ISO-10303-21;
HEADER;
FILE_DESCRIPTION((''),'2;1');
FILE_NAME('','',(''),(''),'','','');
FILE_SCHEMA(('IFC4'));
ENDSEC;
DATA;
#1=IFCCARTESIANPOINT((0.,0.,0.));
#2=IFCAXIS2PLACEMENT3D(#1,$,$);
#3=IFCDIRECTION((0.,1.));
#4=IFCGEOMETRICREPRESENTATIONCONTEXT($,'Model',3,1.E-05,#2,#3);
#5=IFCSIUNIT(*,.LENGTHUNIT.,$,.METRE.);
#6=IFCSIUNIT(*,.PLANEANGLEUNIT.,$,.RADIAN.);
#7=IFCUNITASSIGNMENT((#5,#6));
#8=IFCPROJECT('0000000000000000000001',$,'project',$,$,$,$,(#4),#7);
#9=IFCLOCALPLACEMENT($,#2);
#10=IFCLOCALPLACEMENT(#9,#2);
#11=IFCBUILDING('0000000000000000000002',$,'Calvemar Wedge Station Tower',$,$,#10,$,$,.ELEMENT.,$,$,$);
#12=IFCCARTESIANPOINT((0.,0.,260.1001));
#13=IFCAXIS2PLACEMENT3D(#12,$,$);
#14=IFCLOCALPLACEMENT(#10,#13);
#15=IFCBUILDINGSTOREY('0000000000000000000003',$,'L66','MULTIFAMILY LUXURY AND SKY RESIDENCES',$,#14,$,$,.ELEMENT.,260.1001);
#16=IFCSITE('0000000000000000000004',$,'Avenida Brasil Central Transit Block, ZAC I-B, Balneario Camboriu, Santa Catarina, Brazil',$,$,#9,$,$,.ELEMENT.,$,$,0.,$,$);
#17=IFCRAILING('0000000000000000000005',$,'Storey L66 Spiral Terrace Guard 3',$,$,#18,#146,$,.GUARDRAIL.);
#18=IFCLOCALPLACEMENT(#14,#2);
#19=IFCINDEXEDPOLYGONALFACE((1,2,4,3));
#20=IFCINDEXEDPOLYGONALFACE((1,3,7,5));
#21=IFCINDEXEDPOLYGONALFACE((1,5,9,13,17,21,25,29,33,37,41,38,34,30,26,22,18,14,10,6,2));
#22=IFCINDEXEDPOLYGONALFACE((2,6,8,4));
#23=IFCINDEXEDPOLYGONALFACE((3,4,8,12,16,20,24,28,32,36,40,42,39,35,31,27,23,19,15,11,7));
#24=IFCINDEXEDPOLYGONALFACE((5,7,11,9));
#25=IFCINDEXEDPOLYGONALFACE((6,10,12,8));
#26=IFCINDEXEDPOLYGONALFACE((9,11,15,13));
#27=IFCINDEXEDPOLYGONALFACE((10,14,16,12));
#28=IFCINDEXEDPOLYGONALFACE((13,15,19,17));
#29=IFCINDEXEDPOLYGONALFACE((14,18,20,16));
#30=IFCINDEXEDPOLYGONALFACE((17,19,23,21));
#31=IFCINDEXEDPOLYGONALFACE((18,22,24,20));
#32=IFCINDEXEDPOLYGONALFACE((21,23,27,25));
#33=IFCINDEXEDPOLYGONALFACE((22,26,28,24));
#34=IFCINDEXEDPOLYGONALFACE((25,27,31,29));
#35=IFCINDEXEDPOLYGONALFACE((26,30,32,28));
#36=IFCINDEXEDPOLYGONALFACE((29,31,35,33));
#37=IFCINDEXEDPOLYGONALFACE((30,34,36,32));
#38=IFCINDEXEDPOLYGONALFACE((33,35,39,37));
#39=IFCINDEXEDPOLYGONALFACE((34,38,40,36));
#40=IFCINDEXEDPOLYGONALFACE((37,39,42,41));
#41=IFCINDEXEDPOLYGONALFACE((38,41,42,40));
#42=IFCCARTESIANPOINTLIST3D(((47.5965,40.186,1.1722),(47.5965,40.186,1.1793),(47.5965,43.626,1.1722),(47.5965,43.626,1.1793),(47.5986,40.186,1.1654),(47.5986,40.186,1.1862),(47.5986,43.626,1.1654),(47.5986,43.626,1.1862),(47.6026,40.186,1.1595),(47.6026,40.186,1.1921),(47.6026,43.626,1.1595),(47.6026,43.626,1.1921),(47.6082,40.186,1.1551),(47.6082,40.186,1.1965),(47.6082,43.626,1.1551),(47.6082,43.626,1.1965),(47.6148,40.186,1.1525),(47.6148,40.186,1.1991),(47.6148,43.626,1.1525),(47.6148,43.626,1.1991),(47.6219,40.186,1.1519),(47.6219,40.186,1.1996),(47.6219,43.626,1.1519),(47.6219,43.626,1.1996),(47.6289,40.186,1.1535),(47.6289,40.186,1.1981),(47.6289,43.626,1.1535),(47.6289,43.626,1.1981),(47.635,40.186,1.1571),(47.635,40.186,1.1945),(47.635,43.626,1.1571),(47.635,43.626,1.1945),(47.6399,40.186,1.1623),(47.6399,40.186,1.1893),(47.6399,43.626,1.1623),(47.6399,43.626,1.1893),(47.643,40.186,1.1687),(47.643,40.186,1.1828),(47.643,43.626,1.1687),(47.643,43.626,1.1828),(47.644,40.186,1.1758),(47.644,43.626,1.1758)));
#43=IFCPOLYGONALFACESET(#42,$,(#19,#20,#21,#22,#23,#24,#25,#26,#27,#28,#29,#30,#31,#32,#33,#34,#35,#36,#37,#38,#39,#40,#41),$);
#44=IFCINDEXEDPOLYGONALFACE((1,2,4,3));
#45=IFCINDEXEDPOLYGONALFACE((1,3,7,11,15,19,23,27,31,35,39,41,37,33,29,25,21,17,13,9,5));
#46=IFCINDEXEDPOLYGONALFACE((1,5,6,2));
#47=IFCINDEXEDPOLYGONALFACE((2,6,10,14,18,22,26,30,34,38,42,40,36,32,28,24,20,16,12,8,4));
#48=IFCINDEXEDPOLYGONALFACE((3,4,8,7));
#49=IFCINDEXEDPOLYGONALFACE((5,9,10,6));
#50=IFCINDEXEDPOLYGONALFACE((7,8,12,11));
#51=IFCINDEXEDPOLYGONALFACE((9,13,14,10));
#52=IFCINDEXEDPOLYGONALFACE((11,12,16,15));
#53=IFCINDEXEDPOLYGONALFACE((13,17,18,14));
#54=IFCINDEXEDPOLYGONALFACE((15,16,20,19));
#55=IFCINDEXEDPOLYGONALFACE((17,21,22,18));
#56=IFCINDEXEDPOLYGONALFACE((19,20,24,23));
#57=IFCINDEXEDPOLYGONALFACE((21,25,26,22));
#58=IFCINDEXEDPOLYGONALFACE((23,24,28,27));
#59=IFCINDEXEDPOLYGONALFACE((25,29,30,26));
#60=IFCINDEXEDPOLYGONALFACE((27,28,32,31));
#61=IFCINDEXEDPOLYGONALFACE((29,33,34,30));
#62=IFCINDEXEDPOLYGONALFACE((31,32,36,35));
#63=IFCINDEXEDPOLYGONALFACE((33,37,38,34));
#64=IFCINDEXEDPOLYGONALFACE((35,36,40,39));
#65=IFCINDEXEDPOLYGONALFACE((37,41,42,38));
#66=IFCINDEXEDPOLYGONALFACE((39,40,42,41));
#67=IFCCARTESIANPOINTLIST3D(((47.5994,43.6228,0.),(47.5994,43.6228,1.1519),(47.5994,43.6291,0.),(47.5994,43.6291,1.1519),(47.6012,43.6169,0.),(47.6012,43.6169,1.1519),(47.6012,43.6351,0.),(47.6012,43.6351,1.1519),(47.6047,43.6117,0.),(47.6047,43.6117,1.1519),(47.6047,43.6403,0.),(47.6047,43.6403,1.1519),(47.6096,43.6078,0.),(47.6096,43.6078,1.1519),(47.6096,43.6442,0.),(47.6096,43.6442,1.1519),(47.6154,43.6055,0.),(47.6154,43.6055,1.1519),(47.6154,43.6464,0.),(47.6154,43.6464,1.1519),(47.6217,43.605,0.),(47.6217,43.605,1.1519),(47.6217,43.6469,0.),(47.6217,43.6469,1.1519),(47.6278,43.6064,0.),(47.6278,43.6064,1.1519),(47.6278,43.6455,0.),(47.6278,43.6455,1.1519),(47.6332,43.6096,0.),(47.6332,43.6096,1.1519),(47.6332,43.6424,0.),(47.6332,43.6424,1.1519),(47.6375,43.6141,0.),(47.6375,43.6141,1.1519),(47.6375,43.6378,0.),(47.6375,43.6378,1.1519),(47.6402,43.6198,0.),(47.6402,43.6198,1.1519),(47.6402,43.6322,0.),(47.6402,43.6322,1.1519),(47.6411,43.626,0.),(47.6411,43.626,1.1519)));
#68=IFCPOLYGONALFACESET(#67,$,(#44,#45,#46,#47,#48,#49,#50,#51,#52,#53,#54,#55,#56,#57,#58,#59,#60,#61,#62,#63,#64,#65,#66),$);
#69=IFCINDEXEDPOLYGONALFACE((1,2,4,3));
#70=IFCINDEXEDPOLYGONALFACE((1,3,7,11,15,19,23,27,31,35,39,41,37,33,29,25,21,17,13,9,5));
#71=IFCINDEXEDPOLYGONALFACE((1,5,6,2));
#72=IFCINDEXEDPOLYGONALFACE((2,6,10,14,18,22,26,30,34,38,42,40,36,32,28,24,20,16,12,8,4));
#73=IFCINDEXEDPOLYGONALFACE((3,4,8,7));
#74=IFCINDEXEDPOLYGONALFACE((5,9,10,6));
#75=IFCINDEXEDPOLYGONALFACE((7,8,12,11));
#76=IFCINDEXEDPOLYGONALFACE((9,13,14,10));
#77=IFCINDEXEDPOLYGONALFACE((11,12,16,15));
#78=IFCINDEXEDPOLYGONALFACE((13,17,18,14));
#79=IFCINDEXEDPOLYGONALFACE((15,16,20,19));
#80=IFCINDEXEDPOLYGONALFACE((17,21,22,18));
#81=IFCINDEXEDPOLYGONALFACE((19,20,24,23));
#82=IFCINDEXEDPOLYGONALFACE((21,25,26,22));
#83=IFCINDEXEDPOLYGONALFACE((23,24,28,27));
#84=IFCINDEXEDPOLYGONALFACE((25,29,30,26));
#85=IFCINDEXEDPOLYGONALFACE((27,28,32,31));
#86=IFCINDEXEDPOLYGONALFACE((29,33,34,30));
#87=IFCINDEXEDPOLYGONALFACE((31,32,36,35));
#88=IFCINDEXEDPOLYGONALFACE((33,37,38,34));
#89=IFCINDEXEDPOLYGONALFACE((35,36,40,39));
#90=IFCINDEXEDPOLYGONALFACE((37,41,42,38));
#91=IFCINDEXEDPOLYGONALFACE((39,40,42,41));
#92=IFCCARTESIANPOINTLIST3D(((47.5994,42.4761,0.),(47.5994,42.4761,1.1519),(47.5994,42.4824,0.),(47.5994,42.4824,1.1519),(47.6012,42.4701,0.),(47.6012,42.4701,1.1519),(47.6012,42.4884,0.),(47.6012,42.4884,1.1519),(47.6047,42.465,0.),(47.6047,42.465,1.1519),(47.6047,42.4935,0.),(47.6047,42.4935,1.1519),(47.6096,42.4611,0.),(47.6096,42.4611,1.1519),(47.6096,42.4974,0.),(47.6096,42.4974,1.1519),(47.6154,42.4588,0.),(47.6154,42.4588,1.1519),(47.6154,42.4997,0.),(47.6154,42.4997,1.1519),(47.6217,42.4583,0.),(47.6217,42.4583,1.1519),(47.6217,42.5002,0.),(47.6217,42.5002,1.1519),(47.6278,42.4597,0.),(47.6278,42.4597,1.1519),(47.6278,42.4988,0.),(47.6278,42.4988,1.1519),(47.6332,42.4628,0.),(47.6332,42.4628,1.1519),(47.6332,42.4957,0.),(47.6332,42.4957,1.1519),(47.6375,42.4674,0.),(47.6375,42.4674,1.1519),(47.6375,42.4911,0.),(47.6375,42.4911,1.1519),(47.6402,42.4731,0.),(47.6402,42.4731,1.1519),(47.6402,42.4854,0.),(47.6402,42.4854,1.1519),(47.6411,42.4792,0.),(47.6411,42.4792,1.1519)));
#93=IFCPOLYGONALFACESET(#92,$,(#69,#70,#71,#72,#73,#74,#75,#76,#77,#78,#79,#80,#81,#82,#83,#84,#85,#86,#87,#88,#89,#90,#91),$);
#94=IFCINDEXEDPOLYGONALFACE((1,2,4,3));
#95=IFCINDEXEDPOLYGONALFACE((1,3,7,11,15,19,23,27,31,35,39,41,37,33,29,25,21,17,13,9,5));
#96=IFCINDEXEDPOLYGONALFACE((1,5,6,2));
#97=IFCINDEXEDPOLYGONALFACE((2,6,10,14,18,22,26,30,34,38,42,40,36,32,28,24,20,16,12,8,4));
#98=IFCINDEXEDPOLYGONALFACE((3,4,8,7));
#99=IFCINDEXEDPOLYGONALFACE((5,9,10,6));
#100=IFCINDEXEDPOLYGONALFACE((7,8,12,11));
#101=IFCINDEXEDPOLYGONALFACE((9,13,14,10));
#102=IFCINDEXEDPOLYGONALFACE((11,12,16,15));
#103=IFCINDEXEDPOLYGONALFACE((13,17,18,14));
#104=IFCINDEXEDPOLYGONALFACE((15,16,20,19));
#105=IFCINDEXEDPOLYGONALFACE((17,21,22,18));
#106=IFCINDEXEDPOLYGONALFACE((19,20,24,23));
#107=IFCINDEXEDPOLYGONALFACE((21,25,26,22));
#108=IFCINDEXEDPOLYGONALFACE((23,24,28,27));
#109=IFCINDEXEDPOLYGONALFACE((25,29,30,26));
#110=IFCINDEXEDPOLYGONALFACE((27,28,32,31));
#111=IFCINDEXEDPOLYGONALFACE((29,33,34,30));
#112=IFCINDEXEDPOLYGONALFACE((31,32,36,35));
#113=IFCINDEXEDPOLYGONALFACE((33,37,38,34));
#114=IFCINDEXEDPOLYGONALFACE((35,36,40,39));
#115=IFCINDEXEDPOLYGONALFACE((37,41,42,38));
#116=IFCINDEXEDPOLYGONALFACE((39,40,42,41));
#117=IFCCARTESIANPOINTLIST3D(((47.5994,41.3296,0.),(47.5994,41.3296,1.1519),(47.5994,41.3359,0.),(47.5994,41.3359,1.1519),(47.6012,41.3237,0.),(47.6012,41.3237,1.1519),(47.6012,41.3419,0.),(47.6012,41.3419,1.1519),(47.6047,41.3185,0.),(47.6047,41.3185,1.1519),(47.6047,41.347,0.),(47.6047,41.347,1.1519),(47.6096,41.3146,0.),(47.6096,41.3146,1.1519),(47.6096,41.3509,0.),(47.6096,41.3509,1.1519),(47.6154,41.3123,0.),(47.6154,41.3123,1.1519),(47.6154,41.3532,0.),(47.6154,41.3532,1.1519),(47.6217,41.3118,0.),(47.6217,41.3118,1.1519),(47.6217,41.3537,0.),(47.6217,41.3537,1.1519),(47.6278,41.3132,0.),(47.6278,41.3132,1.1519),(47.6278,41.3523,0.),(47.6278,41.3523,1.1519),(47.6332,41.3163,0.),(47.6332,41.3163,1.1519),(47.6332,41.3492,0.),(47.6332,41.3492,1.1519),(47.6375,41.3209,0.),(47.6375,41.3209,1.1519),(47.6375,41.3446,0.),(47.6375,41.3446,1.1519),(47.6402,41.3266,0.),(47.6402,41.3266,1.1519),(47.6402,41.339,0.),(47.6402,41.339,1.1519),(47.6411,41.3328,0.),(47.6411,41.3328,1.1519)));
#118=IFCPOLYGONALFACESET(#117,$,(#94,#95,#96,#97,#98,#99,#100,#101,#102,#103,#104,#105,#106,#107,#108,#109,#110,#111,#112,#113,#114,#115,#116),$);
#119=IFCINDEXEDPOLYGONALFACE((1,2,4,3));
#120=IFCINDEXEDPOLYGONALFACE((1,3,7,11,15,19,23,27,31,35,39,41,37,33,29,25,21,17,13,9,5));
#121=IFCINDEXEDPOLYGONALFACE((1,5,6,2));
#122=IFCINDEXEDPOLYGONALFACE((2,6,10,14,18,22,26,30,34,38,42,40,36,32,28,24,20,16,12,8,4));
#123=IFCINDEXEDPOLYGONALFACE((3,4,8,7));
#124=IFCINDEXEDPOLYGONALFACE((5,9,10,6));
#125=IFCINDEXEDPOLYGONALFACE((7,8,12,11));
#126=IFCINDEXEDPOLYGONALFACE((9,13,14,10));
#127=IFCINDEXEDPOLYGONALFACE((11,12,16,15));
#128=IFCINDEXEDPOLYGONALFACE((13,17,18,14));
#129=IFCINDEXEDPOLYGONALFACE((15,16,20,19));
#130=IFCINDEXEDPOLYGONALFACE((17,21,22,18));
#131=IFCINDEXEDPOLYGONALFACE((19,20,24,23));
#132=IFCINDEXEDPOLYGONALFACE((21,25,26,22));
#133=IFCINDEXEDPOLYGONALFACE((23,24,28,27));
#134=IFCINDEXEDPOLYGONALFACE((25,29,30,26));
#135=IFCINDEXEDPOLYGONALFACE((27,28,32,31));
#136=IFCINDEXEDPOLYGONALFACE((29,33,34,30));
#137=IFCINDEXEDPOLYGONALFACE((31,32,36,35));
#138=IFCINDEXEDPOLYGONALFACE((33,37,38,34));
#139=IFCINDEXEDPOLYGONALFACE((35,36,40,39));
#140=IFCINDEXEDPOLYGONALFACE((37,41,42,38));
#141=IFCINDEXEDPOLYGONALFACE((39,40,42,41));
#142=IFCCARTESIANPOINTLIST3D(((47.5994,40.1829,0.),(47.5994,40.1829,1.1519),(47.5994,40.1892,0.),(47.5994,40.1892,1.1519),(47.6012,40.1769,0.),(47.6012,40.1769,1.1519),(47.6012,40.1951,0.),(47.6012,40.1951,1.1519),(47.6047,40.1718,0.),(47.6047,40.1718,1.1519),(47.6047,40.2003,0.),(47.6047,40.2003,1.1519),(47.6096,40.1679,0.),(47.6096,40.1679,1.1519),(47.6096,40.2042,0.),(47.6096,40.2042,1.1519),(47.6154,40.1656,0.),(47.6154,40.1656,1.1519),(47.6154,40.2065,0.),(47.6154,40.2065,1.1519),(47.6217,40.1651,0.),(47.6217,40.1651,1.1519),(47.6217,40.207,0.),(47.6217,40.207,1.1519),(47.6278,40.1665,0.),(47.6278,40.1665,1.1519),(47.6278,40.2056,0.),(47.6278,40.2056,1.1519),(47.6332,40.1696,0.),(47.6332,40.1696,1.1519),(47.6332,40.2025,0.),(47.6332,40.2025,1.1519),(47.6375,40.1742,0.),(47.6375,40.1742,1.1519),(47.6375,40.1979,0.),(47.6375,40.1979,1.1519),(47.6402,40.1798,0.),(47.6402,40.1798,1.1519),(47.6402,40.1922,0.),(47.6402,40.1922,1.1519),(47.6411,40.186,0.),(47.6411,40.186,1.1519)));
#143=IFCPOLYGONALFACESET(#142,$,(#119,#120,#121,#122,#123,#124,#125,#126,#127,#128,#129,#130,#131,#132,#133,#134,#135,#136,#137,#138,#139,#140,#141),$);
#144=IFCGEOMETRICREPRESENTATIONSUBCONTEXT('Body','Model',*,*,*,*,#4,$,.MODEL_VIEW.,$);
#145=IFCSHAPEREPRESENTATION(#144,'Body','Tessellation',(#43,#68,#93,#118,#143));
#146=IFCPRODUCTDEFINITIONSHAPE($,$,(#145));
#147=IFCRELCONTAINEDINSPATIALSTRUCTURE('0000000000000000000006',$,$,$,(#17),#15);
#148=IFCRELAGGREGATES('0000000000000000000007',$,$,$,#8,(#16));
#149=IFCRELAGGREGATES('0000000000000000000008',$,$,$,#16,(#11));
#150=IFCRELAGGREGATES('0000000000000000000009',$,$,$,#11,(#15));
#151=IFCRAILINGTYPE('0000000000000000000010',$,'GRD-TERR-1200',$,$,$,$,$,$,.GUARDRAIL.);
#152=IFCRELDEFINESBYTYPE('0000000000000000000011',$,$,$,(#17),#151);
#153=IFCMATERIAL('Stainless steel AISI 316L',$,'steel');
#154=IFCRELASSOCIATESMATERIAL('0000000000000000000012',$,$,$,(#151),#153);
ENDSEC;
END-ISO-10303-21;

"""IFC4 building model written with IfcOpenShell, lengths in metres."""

from ifc_helpers import new_model, si_unit, direction, frame, origin, origin_2d, place, context, subcontext, project, spatial, circle, extrude, material, type_object, element, save


model = new_model("IFC4")

# Units and contexts
model_context = context("Model", 3, precision=1e-05, world=origin(), true_north=direction((0.0, 1.0)))
body_context = subcontext(model_context, "Body", "Model", "MODEL_VIEW")
ifc_project = project(units=[si_unit("LENGTHUNIT", "METRE"), si_unit("PLANEANGLEUNIT", "RADIAN")], contexts=[model_context])

# Site, building, storey
site_placement = place(None, origin())
site = spatial("IfcSite", under=ifc_project, at=site_placement, Name="Avenida Brasil Central Transit Block, ZAC I-B, Balneario Camboriu, Santa Catarina, Brazil", CompositionType="ELEMENT", RefElevation=0.0)
building_placement = place(site_placement, origin())
building = spatial("IfcBuilding", under=site, at=building_placement, Name="Calvemar Wedge Station Tower", CompositionType="ELEMENT")
storey_placement = place(building_placement, frame((0.0, 0.0, 260.1001)))
storey = spatial("IfcBuildingStorey", under=building, at=storey_placement, Name="L66", Description="MULTIFAMILY LUXURY AND SKY RESIDENCES", CompositionType="ELEMENT", Elevation=260.1001)

# Railing
ifc_material_1 = material(Name="Stainless steel AISI 316L", Category="steel")
railing_type = type_object("IfcRailingType", Name="GRD-TERR-1200", PredefinedType="GUARDRAIL", material=ifc_material_1)
railing_1_placement = place(storey_placement, frame((47.6201, 43.626, 0.0)))
element("IfcRailing", 1, at=railing_1_placement, inside=storey, type_object=railing_type, Name="Storey L66 Spiral Terrace Guard 3", PredefinedType="GUARDRAIL", context=body_context, shape_type="SweptSolid", body=[
    extrude(circle(Radius=0.0239, at=origin_2d()), frame((0.0, 0.0, 1.1758), z_axis=(0.0, -1.0, 0.0), x_axis=(1.0, 0.0, 0.0)), (0.0, 0.0, 1.0), 3.4399),
    extrude(circle(Radius=0.021, at=origin_2d()), origin(), (0.0, 0.0, 1.0), 1.1519),
    extrude(circle(Radius=0.021, at=origin_2d()), frame((0.0, -1.1467, 0.0)), (0.0, 0.0, 1.0), 1.1519),
    extrude(circle(Radius=0.021, at=origin_2d()), frame((0.0, -2.2932, 0.0)), (0.0, 0.0, 1.0), 1.1519),
    extrude(circle(Radius=0.021, at=origin_2d()), frame((0.0, -3.4399, 0.0)), (0.0, 0.0, 1.0), 1.1519),
])

save(model, "model.ifc")
